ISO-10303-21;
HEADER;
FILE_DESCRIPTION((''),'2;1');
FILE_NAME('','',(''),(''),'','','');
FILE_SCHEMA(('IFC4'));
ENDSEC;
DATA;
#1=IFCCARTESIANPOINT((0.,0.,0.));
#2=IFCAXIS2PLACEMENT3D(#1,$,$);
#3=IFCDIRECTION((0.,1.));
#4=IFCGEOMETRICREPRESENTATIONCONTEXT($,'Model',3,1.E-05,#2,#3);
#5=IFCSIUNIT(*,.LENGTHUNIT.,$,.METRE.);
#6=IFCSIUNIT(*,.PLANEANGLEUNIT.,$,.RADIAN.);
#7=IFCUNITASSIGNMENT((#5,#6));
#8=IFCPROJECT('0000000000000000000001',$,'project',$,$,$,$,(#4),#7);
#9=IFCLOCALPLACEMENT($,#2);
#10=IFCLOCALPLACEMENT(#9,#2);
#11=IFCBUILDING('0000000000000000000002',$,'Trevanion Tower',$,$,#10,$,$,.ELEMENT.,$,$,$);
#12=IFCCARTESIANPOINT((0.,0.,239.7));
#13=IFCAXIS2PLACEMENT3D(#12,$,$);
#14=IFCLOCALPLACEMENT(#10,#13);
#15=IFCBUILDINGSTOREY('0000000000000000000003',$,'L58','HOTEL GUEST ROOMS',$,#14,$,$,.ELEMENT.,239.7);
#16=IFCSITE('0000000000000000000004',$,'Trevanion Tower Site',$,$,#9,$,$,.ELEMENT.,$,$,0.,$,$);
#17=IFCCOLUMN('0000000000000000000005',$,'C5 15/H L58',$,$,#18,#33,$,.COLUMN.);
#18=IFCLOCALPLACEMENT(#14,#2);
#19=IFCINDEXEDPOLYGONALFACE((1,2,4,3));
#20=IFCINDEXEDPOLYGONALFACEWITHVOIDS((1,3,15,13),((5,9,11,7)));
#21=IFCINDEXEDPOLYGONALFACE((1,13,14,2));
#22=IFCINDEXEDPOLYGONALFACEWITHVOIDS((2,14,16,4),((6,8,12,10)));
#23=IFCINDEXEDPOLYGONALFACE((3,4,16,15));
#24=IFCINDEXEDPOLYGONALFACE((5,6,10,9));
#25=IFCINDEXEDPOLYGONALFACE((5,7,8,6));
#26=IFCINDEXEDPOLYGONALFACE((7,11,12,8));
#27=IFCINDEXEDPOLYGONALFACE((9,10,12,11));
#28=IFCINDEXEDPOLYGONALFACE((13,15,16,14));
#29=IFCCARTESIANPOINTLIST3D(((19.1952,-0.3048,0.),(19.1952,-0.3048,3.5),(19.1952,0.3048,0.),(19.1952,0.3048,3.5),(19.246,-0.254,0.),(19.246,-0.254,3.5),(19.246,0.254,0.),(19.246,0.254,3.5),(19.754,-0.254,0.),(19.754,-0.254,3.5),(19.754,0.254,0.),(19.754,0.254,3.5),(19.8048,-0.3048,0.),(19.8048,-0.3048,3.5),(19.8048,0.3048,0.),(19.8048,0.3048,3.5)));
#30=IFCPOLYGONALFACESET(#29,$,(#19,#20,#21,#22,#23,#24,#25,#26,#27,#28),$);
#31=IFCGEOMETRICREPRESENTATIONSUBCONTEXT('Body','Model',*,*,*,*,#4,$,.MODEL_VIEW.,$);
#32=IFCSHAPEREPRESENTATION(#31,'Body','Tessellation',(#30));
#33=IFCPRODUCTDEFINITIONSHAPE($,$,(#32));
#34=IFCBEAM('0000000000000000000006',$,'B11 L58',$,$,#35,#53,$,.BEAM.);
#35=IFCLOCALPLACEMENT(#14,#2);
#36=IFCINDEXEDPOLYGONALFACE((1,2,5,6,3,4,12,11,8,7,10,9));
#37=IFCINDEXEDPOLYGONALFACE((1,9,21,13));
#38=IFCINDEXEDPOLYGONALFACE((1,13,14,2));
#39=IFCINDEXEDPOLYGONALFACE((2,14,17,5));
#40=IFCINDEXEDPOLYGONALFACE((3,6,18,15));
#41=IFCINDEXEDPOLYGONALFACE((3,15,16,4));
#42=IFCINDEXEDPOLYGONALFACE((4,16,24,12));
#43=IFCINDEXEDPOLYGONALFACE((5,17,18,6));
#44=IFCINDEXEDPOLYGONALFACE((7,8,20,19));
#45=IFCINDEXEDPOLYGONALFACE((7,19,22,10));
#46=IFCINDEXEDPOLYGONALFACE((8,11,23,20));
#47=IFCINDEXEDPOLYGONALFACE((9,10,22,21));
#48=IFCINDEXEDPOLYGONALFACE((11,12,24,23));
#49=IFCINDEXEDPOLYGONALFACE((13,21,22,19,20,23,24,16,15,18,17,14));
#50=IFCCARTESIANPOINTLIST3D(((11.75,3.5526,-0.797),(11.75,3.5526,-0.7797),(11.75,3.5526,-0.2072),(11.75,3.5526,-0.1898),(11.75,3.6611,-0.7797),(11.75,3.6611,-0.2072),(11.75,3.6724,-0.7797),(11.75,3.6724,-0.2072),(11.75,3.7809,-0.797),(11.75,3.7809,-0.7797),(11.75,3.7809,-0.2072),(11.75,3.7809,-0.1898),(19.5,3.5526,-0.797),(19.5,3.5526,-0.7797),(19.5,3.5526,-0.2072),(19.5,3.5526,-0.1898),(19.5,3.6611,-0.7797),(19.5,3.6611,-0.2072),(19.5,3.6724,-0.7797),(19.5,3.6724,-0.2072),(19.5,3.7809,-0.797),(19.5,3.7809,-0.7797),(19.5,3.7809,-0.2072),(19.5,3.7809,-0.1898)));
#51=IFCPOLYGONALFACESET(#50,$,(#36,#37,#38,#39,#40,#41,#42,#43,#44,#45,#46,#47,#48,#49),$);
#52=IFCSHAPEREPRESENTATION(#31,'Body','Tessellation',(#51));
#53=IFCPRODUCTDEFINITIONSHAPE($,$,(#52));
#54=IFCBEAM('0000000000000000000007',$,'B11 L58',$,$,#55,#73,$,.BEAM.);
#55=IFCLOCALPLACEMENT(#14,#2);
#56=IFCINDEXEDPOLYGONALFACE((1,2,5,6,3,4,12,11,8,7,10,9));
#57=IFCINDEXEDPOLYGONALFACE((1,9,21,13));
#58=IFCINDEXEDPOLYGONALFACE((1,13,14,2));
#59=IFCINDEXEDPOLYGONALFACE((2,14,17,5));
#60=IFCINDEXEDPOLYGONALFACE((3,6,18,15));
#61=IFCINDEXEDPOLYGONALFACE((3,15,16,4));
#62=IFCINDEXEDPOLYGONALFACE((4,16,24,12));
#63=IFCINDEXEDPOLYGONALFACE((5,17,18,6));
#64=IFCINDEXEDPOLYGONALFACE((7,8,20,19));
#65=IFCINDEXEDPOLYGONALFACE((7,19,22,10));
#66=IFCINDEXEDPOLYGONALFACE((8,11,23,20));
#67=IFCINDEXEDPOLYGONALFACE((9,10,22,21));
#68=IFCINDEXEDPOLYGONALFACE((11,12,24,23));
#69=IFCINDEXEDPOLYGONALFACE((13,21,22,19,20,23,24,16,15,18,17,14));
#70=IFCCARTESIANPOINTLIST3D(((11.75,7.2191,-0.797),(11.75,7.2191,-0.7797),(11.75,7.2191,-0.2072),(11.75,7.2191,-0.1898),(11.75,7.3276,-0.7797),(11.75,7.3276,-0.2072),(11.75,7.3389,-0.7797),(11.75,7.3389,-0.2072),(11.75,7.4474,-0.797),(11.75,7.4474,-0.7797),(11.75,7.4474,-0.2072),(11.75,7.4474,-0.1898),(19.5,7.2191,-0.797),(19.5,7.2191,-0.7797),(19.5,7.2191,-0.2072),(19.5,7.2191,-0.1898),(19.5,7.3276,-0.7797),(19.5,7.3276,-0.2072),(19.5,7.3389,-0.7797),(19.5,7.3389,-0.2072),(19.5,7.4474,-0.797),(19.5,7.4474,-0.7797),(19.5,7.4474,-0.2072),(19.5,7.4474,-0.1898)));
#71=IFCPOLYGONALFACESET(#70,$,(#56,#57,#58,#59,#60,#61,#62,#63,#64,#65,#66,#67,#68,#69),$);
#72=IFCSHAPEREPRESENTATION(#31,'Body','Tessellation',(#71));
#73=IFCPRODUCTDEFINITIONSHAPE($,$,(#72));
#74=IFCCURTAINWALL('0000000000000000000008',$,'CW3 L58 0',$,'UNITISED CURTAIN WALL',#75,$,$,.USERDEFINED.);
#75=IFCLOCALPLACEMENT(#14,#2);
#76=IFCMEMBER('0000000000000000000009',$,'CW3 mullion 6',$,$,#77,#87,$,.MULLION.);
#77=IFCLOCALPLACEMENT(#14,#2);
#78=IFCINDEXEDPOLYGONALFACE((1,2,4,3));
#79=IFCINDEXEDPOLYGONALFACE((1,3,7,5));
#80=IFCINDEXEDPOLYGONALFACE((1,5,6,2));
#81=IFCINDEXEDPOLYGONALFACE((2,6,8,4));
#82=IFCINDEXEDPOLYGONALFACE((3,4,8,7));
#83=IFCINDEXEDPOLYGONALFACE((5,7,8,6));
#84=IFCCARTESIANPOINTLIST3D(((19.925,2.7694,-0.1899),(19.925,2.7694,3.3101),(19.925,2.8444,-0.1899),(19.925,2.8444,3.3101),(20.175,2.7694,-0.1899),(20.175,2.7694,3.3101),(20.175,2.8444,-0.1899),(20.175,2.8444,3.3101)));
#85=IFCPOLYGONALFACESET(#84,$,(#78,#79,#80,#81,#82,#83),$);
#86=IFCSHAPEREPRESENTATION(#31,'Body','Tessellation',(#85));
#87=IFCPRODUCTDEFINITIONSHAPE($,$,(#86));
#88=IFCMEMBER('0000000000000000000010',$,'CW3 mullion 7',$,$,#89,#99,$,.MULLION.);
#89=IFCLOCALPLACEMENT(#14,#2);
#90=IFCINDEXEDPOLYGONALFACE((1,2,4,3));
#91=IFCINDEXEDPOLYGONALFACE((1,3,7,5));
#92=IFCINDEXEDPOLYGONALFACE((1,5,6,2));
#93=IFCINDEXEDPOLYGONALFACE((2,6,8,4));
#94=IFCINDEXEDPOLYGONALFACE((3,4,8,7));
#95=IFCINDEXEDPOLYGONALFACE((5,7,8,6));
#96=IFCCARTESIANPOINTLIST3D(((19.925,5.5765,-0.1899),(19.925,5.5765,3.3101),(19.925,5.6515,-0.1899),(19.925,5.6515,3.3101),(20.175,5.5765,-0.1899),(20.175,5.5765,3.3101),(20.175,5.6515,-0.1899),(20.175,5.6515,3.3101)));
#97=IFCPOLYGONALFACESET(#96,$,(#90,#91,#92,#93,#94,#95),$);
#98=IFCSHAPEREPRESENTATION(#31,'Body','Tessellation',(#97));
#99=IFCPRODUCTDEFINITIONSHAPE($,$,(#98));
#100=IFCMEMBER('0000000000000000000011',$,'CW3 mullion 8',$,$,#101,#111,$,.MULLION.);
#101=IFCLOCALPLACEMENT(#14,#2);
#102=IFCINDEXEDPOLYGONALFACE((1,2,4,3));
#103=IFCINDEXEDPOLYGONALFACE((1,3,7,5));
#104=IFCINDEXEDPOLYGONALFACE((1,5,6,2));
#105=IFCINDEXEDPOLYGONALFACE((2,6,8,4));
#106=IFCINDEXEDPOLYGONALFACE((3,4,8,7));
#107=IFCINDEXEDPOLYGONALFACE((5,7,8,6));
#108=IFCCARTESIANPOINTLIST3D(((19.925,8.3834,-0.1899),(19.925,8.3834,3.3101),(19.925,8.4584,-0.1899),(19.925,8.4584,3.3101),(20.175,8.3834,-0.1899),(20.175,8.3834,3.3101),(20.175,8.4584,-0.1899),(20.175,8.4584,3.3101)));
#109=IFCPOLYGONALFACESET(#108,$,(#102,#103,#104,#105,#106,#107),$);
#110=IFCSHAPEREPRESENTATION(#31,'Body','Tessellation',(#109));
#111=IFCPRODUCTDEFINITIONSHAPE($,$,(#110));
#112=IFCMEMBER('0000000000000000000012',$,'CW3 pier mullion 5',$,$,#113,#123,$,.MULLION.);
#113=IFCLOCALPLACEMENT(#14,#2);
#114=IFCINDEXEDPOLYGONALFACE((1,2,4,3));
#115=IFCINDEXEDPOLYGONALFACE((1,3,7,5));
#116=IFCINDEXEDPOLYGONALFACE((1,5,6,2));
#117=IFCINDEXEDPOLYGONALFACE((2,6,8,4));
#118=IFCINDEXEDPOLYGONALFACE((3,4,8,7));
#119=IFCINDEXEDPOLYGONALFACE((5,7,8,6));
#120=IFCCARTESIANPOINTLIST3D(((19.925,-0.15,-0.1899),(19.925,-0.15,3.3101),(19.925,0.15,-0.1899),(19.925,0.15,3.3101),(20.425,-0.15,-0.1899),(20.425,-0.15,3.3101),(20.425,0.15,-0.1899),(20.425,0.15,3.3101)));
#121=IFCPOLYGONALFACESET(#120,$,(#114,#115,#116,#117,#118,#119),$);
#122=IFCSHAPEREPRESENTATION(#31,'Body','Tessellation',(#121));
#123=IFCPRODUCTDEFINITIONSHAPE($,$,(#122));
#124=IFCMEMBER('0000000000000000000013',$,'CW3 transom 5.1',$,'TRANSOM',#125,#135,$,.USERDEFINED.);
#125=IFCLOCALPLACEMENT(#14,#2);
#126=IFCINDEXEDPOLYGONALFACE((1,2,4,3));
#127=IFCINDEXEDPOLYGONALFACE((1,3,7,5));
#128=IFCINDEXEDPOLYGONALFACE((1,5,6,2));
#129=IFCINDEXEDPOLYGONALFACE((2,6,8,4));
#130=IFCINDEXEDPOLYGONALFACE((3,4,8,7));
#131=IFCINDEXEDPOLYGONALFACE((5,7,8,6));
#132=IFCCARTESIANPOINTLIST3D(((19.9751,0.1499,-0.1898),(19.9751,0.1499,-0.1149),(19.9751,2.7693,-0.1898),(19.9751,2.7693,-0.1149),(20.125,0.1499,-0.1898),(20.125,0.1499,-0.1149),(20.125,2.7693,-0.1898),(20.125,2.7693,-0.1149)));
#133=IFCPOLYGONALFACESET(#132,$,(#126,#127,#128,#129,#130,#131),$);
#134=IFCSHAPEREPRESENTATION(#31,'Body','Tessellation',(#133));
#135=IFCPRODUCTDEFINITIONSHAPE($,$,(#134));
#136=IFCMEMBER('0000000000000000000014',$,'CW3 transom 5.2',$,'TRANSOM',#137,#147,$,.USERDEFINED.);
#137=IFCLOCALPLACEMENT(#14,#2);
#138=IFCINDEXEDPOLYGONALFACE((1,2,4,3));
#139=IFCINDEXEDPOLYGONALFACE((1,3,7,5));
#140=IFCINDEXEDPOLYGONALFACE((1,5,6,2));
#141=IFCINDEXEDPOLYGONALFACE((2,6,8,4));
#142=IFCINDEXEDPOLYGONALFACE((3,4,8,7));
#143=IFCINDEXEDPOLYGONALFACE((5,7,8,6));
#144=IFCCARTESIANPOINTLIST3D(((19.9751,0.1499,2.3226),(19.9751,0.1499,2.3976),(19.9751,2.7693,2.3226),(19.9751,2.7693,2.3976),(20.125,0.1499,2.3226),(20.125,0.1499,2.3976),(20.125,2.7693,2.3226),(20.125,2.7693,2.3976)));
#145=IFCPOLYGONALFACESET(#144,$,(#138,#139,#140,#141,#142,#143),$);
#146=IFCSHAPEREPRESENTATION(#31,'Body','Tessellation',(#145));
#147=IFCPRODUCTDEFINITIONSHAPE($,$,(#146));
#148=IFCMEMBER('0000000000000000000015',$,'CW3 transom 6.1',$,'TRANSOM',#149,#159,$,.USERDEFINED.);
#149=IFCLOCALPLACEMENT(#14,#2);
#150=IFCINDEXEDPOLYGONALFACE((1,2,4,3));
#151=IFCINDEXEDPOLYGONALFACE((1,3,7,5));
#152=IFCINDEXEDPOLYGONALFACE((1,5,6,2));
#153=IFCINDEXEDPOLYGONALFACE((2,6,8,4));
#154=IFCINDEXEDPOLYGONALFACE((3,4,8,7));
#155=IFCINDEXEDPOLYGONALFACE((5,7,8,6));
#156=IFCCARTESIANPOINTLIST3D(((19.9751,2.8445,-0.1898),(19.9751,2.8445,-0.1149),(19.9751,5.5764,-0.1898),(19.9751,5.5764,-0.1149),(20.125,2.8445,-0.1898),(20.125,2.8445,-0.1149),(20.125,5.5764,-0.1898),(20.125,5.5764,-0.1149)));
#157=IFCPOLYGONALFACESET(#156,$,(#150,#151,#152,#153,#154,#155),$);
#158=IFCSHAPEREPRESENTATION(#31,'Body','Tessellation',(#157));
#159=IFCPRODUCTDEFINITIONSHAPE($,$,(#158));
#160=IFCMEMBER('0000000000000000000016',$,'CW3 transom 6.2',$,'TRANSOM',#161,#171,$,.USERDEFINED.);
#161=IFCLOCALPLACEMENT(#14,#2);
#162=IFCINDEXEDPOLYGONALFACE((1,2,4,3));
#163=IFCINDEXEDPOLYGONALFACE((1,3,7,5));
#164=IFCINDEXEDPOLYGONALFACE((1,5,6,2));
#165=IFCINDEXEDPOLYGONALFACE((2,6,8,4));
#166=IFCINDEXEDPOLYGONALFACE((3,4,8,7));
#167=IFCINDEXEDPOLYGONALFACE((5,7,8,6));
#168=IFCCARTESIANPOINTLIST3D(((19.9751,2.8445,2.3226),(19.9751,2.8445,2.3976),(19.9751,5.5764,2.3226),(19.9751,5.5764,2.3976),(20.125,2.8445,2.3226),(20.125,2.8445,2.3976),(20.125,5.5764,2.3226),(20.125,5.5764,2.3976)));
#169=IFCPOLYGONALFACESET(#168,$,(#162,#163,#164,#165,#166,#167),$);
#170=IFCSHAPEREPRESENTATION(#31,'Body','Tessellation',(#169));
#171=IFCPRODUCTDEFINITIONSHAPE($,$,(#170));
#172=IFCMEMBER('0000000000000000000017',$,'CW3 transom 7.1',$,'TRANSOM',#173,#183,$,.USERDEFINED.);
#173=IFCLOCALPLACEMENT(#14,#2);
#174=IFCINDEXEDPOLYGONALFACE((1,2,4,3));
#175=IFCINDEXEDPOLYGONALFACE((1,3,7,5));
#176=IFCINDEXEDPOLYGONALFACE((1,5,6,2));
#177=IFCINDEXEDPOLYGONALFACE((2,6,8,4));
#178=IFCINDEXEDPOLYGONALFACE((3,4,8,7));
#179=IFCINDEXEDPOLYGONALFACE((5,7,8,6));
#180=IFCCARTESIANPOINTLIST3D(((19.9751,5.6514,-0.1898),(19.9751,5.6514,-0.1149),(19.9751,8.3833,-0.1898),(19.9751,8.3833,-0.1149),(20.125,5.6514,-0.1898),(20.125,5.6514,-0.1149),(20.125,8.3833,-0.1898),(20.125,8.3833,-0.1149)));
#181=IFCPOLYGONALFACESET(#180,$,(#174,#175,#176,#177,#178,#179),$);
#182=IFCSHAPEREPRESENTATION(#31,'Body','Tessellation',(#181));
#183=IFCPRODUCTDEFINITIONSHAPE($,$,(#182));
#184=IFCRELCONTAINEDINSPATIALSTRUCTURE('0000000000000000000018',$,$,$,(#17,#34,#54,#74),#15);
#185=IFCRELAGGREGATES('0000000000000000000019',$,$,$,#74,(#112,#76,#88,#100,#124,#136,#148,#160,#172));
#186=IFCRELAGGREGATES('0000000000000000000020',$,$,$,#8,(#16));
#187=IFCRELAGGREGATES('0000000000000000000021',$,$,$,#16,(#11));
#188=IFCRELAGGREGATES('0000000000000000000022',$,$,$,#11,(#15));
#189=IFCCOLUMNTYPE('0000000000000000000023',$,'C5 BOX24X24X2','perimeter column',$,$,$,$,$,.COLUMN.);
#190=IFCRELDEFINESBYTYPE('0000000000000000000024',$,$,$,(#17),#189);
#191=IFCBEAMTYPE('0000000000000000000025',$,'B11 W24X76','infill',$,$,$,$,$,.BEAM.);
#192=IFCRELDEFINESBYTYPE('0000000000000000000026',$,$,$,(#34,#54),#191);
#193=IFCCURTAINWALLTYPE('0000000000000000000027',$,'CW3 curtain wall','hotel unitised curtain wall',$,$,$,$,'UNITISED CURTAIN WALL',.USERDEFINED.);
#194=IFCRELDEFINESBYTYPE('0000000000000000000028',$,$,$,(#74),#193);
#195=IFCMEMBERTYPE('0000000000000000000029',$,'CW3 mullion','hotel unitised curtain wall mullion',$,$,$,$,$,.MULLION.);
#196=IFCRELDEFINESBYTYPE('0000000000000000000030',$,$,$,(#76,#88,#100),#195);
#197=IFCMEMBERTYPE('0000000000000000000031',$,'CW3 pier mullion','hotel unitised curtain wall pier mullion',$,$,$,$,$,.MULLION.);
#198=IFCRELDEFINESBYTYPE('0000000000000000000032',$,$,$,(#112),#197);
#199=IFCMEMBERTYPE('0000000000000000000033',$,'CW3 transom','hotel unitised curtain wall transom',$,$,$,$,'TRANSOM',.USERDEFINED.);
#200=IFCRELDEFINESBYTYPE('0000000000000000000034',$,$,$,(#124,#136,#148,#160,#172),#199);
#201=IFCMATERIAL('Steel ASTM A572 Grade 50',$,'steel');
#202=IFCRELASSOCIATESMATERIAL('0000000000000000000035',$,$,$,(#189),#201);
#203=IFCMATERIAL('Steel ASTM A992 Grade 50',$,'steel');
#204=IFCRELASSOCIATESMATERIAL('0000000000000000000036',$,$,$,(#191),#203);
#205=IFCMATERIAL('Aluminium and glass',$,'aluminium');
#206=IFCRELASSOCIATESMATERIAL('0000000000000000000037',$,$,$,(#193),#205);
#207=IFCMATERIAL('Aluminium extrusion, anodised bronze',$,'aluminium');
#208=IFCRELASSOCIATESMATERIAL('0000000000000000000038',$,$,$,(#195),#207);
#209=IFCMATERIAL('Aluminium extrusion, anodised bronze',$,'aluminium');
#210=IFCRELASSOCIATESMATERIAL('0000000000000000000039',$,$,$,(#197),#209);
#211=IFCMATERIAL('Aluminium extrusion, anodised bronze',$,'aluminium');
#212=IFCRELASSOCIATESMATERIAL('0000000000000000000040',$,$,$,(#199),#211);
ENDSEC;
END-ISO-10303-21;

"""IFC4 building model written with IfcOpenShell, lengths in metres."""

from ifc_helpers import new_model, si_unit, direction, frame, origin, origin_2d, place, context, subcontext, project, spatial, rectangle, hollow_rectangle, i_section, extrude, material, material_profile, profile_set, type_object, element, aggregate, save


model = new_model("IFC4")

# Units and contexts
model_context = context("Model", 3, precision=1e-05, world=origin(), true_north=direction((0.0, 1.0)))
body_context = subcontext(model_context, "Body", "Model", "MODEL_VIEW")
ifc_project = project(units=[si_unit("LENGTHUNIT", "METRE"), si_unit("PLANEANGLEUNIT", "RADIAN")], contexts=[model_context])

# Site, building, storey
site_placement = place(None, origin())
site = spatial("IfcSite", under=ifc_project, at=site_placement, Name="Trevanion Tower Site", CompositionType="ELEMENT", RefElevation=0.0)
building_placement = place(site_placement, origin())
building = spatial("IfcBuilding", under=site, at=building_placement, Name="Trevanion Tower", CompositionType="ELEMENT")
storey_placement = place(building_placement, frame((0.0, 0.0, 239.7)))
storey = spatial("IfcBuildingStorey", under=building, at=storey_placement, Name="L58", Description="HOTEL GUEST ROOMS", CompositionType="ELEMENT", Elevation=239.7)

# Column
ifc_material_1 = material(Name="Steel ASTM A572 Grade 50", Category="steel")
ifc_material_profile_1 = material_profile(ifc_material_1, hollow_rectangle(XDim=0.6096, YDim=0.6096, WallThickness=0.0508, at=origin_2d()), Name="BOX24X24X2")
ifc_profile_set_1 = profile_set([ifc_material_profile_1], Name="Steel ASTM A572 Grade 50")
column_type = type_object("IfcColumnType", Name="C5 BOX24X24X2", Description="perimeter column", PredefinedType="COLUMN", material=ifc_profile_set_1)
column_placement = place(storey_placement, frame((19.5, 0.0, 0.0), z_axis=(0.0, 0.0, 1.0), x_axis=(0.0, 1.0, 0.0)))
element("IfcColumn", 1, at=column_placement, inside=storey, type_object=column_type, Name="C5 15/H L58", PredefinedType="COLUMN", context=body_context, shape_type="SweptSolid", body=[
    extrude(hollow_rectangle(XDim=0.6096, YDim=0.6096, WallThickness=0.0508, at=origin_2d()), origin(), (0.0, 0.0, 1.0), 3.5),
])

# Beams
ifc_material_2 = material(Name="Steel ASTM A992 Grade 50", Category="steel")
ifc_material_profile_2 = material_profile(ifc_material_2, i_section(OverallWidth=0.2283, OverallDepth=0.6072, WebThickness=0.0112, FlangeThickness=0.0173, at=origin_2d()), Name="W24X76")
ifc_profile_set_2 = profile_set([ifc_material_profile_2], Name="Steel ASTM A992 Grade 50")
beam_type_1 = type_object("IfcBeamType", Name="B11 W24X76", Description="infill", PredefinedType="BEAM", material=ifc_profile_set_2)
for number, where, z_axis, x_axis, name in (
    (2, (11.75, 3.6667, -0.4934), (1.0, 0.0, 0.0), (0.0, 1.0, 0.0), "B11 L58"),
    (3, (11.75, 7.3333, -0.4934), (1.0, 0.0, 0.0), (0.0, 1.0, 0.0), "B11 L58"),
):
    element("IfcBeam", number, at=place(storey_placement, frame(where, z_axis=z_axis, x_axis=x_axis)), inside=storey, type_object=beam_type_1, Name=name, PredefinedType="BEAM", context=body_context, shape_type="SweptSolid", body=[
        extrude(i_section(OverallWidth=0.2283, OverallDepth=0.6072, WebThickness=0.0112, FlangeThickness=0.0173, at=origin_2d()), origin(), (0.0, 0.0, 1.0), 7.75),
    ])

# Curtain wall, members
ifc_material_3 = material(Name="Aluminium and glass", Category="aluminium")
curtain_wall_type = type_object("IfcCurtainWallType", Name="CW3 curtain wall", Description="hotel unitised curtain wall", ElementType="UNITISED CURTAIN WALL", PredefinedType="USERDEFINED", material=ifc_material_3)
curtain_wall_placement = place(storey_placement, origin())
curtain_wall = element("IfcCurtainWall", 4, at=curtain_wall_placement, inside=storey, type_object=curtain_wall_type, Name="CW3 L58 0", ObjectType="UNITISED CURTAIN WALL", PredefinedType="USERDEFINED")
ifc_material_4 = material(Name="Aluminium extrusion, anodised bronze", Category="aluminium")
ifc_material_profile_3 = material_profile(ifc_material_4, rectangle(XDim=0.075, YDim=0.25, at=origin_2d()), Name="CW3 mullion")
ifc_profile_set_3 = profile_set([ifc_material_profile_3], Name="Aluminium extrusion, anodised bronze")
member_type_1 = type_object("IfcMemberType", Name="CW3 mullion", Description="hotel unitised curtain wall mullion", PredefinedType="MULLION", material=ifc_profile_set_3)
member_1_placement = place(storey_placement, frame((20.05, 2.8069, -0.1899), z_axis=(0.0, 0.0, 1.0), x_axis=(0.0, 1.0, 0.0)))
member_1 = element("IfcMember", 5, at=member_1_placement, type_object=member_type_1, Name="CW3 mullion 6", PredefinedType="MULLION", context=body_context, shape_type="SweptSolid", body=[
    extrude(rectangle(XDim=0.075, YDim=0.25, at=origin_2d()), origin(), (0.0, 0.0, 1.0), 3.5),
])
member_2_placement = place(storey_placement, frame((20.05, 5.614, -0.1899), z_axis=(0.0, 0.0, 1.0), x_axis=(0.0, 1.0, 0.0)))
member_2 = element("IfcMember", 6, at=member_2_placement, type_object=member_type_1, Name="CW3 mullion 7", PredefinedType="MULLION", context=body_context, shape_type="SweptSolid", body=[
    extrude(rectangle(XDim=0.075, YDim=0.25, at=origin_2d()), origin(), (0.0, 0.0, 1.0), 3.5),
])
member_3_placement = place(storey_placement, frame((20.05, 8.4209, -0.1899), z_axis=(0.0, 0.0, 1.0), x_axis=(0.0, 1.0, 0.0)))
member_3 = element("IfcMember", 7, at=member_3_placement, type_object=member_type_1, Name="CW3 mullion 8", PredefinedType="MULLION", context=body_context, shape_type="SweptSolid", body=[
    extrude(rectangle(XDim=0.075, YDim=0.25, at=origin_2d()), origin(), (0.0, 0.0, 1.0), 3.5),
])
ifc_material_5 = material(Name="Aluminium extrusion, anodised bronze", Category="aluminium")
ifc_material_profile_4 = material_profile(ifc_material_5, rectangle(XDim=0.3, YDim=0.5, at=origin_2d()), Name="CW3 pier mullion")
ifc_profile_set_4 = profile_set([ifc_material_profile_4], Name="Aluminium extrusion, anodised bronze")
member_type_2 = type_object("IfcMemberType", Name="CW3 pier mullion", Description="hotel unitised curtain wall pier mullion", PredefinedType="MULLION", material=ifc_profile_set_4)
member_4_placement = place(storey_placement, frame((20.175, 0.0, -0.1899), z_axis=(0.0, 0.0, 1.0), x_axis=(0.0, 1.0, 0.0)))
member_4 = element("IfcMember", 8, at=member_4_placement, type_object=member_type_2, Name="CW3 pier mullion 5", PredefinedType="MULLION", context=body_context, shape_type="SweptSolid", body=[
    extrude(rectangle(XDim=0.3, YDim=0.5, at=origin_2d()), origin(), (0.0, 0.0, 1.0), 3.5),
])
ifc_material_6 = material(Name="Aluminium extrusion, anodised bronze", Category="aluminium")
ifc_material_profile_5 = material_profile(ifc_material_6, rectangle(XDim=0.1499, YDim=0.075, at=origin_2d()), Name="CW3 transom")
ifc_profile_set_5 = profile_set([ifc_material_profile_5], Name="Aluminium extrusion, anodised bronze")
member_type_3 = type_object("IfcMemberType", Name="CW3 transom", Description="hotel unitised curtain wall transom", ElementType="TRANSOM", PredefinedType="USERDEFINED", material=ifc_profile_set_5)
member_5_placement = place(storey_placement, frame((20.05, 0.1499, -0.1523), z_axis=(0.0, 1.0, 0.0), x_axis=(-1.0, 0.0, 0.0)))
member_5 = element("IfcMember", 9, at=member_5_placement, type_object=member_type_3, Name="CW3 transom 5.1", ObjectType="TRANSOM", PredefinedType="USERDEFINED", context=body_context, shape_type="SweptSolid", body=[
    extrude(rectangle(XDim=0.1499, YDim=0.075, at=origin_2d()), origin(), (0.0, 0.0, 1.0), 2.6194),
])
member_6_placement = place(storey_placement, frame((20.05, 0.1499, 2.3601), z_axis=(0.0, 1.0, 0.0), x_axis=(-1.0, 0.0, 0.0)))
member_6 = element("IfcMember", 10, at=member_6_placement, type_object=member_type_3, Name="CW3 transom 5.2", ObjectType="TRANSOM", PredefinedType="USERDEFINED", context=body_context, shape_type="SweptSolid", body=[
    extrude(rectangle(XDim=0.1499, YDim=0.075, at=origin_2d()), origin(), (0.0, 0.0, 1.0), 2.6194),
])
member_7_placement = place(storey_placement, frame((20.05, 2.8445, -0.1523), z_axis=(0.0, 1.0, 0.0), x_axis=(-1.0, 0.0, 0.0)))
member_7 = element("IfcMember", 11, at=member_7_placement, type_object=member_type_3, Name="CW3 transom 6.1", ObjectType="TRANSOM", PredefinedType="USERDEFINED", context=body_context, shape_type="SweptSolid", body=[
    extrude(rectangle(XDim=0.1499, YDim=0.075, at=origin_2d()), origin(), (0.0, 0.0, 1.0), 2.7319),
])
member_8_placement = place(storey_placement, frame((20.05, 2.8445, 2.3601), z_axis=(0.0, 1.0, 0.0), x_axis=(-1.0, 0.0, 0.0)))
member_8 = element("IfcMember", 12, at=member_8_placement, type_object=member_type_3, Name="CW3 transom 6.2", ObjectType="TRANSOM", PredefinedType="USERDEFINED", context=body_context, shape_type="SweptSolid", body=[
    extrude(rectangle(XDim=0.1499, YDim=0.075, at=origin_2d()), origin(), (0.0, 0.0, 1.0), 2.7319),
])
member_9_placement = place(storey_placement, frame((20.05, 5.6514, -0.1523), z_axis=(0.0, 1.0, 0.0), x_axis=(-1.0, 0.0, 0.0)))
member_9 = element("IfcMember", 13, at=member_9_placement, type_object=member_type_3, Name="CW3 transom 7.1", ObjectType="TRANSOM", PredefinedType="USERDEFINED", context=body_context, shape_type="SweptSolid", body=[
    extrude(rectangle(XDim=0.1499, YDim=0.075, at=origin_2d()), origin(), (0.0, 0.0, 1.0), 2.7319),
])

aggregate(curtain_wall, [member_4, member_1, member_2, member_3, member_5, member_6, member_7, member_8, member_9])

save(model, "model.ifc")
